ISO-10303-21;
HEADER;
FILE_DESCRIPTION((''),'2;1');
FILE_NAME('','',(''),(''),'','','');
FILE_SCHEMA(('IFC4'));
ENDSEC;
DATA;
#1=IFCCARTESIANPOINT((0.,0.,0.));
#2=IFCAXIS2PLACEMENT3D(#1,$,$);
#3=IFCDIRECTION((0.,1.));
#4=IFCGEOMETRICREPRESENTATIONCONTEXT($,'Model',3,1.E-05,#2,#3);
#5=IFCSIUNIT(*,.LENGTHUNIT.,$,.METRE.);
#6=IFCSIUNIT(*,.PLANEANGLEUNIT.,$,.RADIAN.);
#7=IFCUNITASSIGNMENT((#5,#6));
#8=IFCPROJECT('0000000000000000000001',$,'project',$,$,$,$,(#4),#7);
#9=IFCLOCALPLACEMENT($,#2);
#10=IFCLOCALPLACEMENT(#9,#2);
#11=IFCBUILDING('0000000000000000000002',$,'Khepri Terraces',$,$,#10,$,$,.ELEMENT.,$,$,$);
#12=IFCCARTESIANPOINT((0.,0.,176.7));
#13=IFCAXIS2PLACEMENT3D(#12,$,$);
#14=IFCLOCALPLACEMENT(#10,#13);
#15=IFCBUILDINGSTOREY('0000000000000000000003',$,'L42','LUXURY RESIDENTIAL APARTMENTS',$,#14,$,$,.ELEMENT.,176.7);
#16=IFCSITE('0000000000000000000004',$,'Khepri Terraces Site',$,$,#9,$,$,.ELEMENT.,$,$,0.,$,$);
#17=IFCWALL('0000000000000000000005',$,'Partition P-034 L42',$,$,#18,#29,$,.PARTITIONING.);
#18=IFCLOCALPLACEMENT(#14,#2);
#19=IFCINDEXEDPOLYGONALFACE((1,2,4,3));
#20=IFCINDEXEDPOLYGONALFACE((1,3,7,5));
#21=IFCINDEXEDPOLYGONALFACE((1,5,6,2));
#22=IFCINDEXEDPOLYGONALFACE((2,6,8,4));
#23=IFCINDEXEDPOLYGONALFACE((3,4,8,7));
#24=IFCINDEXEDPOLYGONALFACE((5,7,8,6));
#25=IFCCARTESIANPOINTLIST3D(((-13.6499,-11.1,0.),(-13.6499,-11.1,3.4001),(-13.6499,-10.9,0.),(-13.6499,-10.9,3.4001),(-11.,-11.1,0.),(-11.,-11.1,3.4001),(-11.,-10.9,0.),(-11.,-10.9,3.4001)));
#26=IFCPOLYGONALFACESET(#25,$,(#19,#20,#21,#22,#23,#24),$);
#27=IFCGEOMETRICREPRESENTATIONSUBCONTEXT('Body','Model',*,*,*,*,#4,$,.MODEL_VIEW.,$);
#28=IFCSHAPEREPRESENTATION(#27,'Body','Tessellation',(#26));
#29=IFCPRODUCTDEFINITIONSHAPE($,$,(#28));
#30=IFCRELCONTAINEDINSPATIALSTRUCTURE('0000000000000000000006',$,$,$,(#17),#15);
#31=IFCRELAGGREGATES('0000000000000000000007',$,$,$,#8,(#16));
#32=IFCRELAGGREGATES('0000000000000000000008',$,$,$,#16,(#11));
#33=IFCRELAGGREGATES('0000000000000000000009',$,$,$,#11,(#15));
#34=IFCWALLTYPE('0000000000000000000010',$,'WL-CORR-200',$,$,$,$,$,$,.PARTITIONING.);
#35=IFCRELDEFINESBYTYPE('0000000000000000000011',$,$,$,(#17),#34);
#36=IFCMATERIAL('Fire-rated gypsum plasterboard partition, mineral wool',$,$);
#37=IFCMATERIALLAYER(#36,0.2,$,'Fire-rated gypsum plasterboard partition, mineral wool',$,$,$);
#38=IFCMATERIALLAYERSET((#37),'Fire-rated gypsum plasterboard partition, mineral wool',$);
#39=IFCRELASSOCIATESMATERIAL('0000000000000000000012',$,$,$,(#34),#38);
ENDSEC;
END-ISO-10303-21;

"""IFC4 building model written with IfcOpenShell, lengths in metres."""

from ifc_helpers import new_model, si_unit, direction, frame, frame_2d, origin, place, context, subcontext, project, spatial, rectangle, extrude, material, layer, layer_set, type_object, element, save


model = new_model("IFC4")

# Units and contexts
model_context = context("Model", 3, precision=1e-05, world=origin(), true_north=direction((0.0, 1.0)))
body_context = subcontext(model_context, "Body", "Model", "MODEL_VIEW")
ifc_project = project(units=[si_unit("LENGTHUNIT", "METRE"), si_unit("PLANEANGLEUNIT", "RADIAN")], contexts=[model_context])

# Site, building, storey
site_placement = place(None, origin())
site = spatial("IfcSite", under=ifc_project, at=site_placement, Name="Khepri Terraces Site", CompositionType="ELEMENT", RefElevation=0.0)
building_placement = place(site_placement, origin())
building = spatial("IfcBuilding", under=site, at=building_placement, Name="Khepri Terraces", CompositionType="ELEMENT")
storey_placement = place(building_placement, frame((0.0, 0.0, 176.7)))
storey = spatial("IfcBuildingStorey", under=building, at=storey_placement, Name="L42", Description="LUXURY RESIDENTIAL APARTMENTS", CompositionType="ELEMENT", Elevation=176.7)

# Wall
ifc_material_1 = material(Name="Fire-rated gypsum plasterboard partition, mineral wool")
ifc_layer_1 = layer(ifc_material_1, 0.2, Name="Fire-rated gypsum plasterboard partition, mineral wool")
ifc_layer_set_1 = layer_set([ifc_layer_1], Name="Fire-rated gypsum plasterboard partition, mineral wool")
wall_type_1 = type_object("IfcWallType", Name="WL-CORR-200", PredefinedType="PARTITIONING", material=ifc_layer_set_1)
wall_1_placement = place(storey_placement, frame((-13.6499, -11.0, 0.0), z_axis=(0.0, 0.0, 1.0), x_axis=(1.0, 0.0, 0.0)))
element("IfcWall", 1, at=wall_1_placement, inside=storey, type_object=wall_type_1, Name="Partition P-034 L42", PredefinedType="PARTITIONING", context=body_context, shape_type="SweptSolid", body=[
    extrude(rectangle(XDim=2.6499, YDim=0.2, at=frame_2d((1.325, 0.0))), origin(), (0.0, 0.0, 1.0), 3.4001),
])

save(model, "model.ifc")
